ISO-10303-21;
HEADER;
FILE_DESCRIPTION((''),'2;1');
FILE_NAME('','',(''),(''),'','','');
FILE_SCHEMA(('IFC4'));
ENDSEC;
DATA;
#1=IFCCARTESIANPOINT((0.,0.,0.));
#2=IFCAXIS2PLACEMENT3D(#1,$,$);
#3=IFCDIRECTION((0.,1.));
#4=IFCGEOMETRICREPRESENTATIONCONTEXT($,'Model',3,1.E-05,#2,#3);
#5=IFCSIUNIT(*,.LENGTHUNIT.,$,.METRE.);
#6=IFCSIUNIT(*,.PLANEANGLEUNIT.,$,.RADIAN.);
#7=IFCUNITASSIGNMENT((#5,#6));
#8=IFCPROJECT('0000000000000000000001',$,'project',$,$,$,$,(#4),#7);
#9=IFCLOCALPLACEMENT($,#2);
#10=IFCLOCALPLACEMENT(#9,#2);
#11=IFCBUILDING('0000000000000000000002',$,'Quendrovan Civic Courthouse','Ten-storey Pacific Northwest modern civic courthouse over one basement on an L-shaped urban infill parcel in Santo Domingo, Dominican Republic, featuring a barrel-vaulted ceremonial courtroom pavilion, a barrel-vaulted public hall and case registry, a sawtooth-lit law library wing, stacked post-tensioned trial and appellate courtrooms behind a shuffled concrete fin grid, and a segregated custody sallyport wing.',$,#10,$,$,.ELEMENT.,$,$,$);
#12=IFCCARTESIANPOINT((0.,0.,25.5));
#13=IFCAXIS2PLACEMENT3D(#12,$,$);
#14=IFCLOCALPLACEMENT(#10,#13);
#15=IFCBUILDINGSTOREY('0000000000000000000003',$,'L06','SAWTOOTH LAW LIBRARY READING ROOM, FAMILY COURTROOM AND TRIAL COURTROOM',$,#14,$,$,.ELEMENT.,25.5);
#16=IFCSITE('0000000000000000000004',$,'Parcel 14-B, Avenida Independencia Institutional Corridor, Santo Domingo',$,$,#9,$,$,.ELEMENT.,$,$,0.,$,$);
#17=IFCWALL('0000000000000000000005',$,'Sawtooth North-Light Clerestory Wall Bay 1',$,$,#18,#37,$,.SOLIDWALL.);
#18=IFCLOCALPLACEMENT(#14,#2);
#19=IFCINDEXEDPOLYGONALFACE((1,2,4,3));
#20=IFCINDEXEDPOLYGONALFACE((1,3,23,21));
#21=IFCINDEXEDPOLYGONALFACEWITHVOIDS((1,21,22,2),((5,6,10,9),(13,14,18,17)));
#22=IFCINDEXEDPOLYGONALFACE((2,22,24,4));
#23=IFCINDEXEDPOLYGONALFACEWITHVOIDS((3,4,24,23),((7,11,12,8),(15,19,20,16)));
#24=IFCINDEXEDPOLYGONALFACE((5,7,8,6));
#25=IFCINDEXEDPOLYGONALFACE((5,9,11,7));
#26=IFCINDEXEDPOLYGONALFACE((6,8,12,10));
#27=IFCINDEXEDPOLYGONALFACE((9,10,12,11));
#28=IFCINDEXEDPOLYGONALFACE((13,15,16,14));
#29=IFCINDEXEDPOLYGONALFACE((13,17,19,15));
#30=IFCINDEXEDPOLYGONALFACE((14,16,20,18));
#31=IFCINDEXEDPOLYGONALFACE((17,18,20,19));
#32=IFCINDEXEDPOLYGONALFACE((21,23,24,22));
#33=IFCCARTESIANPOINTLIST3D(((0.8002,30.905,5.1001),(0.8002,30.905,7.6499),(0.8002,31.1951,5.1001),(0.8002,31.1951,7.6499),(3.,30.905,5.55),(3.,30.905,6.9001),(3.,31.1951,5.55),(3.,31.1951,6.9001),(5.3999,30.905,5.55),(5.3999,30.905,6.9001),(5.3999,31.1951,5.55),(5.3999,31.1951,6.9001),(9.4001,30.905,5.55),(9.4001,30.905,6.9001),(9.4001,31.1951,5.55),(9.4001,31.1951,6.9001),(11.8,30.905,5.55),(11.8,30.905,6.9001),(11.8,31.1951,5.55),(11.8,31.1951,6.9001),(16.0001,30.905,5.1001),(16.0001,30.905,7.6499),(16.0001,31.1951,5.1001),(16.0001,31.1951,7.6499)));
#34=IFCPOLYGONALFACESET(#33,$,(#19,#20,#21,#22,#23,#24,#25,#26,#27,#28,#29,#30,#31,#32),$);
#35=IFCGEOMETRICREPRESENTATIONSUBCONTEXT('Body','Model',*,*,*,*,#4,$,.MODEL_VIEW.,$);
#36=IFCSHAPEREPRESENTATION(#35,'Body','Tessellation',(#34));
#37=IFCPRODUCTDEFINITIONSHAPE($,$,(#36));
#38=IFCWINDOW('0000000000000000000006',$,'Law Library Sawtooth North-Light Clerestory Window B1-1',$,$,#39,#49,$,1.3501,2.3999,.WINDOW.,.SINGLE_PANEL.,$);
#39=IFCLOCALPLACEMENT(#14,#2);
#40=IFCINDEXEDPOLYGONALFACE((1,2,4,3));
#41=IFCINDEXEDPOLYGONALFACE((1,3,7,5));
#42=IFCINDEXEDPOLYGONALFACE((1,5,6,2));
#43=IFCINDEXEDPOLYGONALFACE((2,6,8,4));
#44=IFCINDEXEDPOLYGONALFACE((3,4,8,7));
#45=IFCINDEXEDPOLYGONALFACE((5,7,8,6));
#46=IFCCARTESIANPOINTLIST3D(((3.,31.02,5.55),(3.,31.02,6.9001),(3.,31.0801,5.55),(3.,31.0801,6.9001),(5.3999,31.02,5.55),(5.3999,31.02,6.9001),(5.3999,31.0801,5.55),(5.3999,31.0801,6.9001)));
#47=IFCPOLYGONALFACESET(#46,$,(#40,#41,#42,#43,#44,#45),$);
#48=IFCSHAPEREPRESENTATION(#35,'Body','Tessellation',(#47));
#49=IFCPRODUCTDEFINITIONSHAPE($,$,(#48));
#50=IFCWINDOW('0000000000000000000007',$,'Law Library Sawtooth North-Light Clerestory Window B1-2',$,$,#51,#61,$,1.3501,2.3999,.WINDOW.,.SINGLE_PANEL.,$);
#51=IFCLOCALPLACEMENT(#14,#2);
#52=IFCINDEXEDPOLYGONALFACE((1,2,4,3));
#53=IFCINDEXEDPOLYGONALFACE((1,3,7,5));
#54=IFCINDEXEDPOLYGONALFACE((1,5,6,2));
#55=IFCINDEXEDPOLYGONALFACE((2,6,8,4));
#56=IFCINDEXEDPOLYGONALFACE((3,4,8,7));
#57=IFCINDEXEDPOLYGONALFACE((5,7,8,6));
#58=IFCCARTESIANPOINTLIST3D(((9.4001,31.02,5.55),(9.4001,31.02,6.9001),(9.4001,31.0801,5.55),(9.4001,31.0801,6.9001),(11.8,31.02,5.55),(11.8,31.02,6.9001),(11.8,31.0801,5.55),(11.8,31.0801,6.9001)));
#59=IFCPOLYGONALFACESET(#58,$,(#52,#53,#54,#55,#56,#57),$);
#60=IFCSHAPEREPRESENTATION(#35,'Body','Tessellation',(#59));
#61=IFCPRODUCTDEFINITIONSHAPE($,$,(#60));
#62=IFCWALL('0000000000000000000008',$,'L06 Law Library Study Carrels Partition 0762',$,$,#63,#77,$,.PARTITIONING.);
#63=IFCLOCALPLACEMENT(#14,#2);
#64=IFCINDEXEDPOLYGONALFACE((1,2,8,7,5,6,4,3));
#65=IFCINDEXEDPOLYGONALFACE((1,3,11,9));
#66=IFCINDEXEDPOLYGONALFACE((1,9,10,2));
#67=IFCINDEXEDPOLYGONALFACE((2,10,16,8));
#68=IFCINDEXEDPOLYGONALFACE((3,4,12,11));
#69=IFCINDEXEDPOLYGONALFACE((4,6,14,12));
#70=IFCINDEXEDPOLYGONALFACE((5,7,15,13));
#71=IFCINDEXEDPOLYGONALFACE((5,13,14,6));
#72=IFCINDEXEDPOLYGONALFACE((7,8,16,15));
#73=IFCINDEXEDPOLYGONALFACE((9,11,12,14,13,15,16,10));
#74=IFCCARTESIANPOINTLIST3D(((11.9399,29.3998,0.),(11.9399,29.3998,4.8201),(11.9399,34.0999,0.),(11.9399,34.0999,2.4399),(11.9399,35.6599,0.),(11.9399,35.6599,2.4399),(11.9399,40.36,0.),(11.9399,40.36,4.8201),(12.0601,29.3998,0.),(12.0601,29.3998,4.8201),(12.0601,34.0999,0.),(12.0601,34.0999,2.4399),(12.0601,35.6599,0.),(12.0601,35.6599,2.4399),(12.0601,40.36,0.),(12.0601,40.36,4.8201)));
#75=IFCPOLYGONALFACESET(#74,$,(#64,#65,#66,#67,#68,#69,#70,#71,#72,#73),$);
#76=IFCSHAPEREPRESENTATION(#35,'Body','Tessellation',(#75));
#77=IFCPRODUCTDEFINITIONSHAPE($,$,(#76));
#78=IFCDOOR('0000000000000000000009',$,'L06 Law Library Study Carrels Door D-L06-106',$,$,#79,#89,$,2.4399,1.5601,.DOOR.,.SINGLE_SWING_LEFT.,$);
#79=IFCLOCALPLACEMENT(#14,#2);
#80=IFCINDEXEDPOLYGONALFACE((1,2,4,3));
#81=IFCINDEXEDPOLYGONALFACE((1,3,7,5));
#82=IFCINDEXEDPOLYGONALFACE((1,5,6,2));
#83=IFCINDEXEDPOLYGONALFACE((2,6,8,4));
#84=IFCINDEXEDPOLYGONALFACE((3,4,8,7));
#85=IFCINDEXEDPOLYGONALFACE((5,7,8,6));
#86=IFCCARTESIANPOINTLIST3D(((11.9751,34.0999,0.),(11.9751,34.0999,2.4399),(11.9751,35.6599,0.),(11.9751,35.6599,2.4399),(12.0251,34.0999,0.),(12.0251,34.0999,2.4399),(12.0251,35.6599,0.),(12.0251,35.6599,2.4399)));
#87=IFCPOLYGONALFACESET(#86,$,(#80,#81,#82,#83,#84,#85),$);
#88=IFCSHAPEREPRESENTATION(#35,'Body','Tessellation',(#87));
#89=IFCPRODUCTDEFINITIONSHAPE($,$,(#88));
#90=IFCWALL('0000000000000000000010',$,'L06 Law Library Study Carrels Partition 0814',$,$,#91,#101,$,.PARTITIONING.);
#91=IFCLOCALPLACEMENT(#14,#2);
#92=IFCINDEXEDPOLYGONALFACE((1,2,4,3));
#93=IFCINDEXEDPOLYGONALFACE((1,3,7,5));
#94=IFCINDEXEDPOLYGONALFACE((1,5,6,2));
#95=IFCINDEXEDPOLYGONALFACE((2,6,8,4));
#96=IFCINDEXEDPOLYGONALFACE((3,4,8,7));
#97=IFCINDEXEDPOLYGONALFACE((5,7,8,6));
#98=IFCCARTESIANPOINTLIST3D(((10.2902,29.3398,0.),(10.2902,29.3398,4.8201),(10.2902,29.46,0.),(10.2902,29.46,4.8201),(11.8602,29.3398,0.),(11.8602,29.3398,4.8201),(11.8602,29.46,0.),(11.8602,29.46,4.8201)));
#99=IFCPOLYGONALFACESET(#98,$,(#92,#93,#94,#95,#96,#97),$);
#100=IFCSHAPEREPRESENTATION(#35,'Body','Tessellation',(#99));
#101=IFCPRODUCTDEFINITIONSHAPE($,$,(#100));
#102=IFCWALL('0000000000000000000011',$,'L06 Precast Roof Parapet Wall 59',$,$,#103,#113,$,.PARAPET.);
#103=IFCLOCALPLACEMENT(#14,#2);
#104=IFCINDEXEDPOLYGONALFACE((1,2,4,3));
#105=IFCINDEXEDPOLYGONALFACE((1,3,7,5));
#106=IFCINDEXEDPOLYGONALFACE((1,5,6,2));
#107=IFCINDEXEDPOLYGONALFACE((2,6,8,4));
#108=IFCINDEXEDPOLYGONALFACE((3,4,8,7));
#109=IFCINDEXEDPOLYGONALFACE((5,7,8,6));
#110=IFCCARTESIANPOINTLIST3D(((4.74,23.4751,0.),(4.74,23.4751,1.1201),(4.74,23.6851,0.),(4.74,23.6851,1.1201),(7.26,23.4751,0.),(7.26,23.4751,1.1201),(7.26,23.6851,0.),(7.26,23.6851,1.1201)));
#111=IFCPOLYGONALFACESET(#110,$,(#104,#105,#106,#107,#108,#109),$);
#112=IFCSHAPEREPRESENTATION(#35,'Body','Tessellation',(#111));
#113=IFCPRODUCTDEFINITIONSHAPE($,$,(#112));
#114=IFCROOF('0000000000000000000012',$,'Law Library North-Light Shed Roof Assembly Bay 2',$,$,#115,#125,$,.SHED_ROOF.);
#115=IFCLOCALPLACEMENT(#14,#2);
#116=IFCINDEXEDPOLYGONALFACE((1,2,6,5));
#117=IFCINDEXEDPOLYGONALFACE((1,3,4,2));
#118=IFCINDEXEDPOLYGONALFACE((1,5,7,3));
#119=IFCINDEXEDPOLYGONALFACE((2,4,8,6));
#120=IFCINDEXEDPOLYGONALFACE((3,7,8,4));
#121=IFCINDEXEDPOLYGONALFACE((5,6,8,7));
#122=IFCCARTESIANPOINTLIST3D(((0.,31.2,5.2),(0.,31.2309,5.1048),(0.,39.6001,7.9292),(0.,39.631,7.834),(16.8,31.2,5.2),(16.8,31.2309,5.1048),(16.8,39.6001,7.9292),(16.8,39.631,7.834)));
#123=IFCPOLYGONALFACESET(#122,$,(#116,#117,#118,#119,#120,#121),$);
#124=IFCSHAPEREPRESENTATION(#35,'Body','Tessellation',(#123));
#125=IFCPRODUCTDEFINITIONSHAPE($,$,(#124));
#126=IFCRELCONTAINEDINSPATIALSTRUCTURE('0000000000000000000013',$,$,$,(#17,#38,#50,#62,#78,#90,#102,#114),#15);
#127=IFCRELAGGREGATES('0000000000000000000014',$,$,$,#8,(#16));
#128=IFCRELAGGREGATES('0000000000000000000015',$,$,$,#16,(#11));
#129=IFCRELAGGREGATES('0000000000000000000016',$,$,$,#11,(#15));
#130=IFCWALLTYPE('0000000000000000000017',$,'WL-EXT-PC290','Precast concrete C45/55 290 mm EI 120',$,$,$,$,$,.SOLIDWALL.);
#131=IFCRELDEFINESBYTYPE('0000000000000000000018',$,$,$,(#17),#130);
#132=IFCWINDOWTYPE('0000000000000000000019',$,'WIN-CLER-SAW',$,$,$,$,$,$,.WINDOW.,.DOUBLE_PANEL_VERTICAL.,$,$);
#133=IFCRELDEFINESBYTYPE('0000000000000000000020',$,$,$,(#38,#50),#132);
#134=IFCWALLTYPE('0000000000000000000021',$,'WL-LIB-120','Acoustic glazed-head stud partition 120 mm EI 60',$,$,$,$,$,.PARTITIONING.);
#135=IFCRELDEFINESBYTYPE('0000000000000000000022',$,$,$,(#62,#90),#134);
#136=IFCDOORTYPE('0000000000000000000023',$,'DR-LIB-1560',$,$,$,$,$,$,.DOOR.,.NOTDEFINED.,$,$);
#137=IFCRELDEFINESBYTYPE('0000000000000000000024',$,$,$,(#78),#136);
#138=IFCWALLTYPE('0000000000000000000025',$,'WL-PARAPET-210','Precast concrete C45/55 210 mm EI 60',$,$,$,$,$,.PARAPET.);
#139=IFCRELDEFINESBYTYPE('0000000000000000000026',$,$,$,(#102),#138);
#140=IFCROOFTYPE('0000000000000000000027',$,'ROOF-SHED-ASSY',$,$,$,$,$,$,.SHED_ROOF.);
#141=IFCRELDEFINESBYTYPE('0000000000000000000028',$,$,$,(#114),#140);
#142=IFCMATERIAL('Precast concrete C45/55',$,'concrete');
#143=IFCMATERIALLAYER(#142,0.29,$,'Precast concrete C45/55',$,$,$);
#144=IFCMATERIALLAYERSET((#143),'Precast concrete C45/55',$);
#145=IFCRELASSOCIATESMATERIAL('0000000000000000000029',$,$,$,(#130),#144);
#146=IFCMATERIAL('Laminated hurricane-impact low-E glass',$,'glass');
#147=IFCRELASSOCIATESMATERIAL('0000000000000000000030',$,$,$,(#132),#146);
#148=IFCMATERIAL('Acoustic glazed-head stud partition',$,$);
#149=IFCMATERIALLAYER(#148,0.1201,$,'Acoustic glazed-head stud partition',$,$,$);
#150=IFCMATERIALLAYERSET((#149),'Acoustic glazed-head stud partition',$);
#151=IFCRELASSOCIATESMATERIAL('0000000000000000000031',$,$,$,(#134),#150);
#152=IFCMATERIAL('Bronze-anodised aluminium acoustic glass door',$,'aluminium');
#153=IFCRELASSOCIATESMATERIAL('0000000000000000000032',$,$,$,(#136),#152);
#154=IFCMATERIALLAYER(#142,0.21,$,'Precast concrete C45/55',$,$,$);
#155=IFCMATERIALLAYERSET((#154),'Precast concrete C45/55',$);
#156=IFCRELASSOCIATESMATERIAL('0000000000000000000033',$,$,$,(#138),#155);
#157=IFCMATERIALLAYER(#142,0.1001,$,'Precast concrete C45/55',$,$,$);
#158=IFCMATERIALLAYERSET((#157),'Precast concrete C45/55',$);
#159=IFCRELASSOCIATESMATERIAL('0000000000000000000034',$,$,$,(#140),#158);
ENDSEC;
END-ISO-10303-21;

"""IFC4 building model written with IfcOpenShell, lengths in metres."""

from ifc_helpers import new_model, si_unit, direction, frame, frame_2d, origin, place, context, subcontext, project, spatial, polyline, rectangle, outline, extrude, material, layer, layer_set, type_object, element, fill, save


model = new_model("IFC4")

# Units and contexts
model_context = context("Model", 3, precision=1e-05, world=origin(), true_north=direction((0.0, 1.0)))
body_context = subcontext(model_context, "Body", "Model", "MODEL_VIEW")
ifc_project = project(units=[si_unit("LENGTHUNIT", "METRE"), si_unit("PLANEANGLEUNIT", "RADIAN")], contexts=[model_context])

# Site, building, storey
site_placement = place(None, origin())
site = spatial("IfcSite", under=ifc_project, at=site_placement, Name="Parcel 14-B, Avenida Independencia Institutional Corridor, Santo Domingo", CompositionType="ELEMENT", RefElevation=0.0)
building_placement = place(site_placement, origin())
building = spatial("IfcBuilding", under=site, at=building_placement, Name="Quendrovan Civic Courthouse", Description="Ten-storey Pacific Northwest modern civic courthouse over one basement on an L-shaped urban infill parcel in Santo Domingo, Dominican Republic, featuring a barrel-vaulted ceremonial courtroom pavilion, a barrel-vaulted public hall and case registry, a sawtooth-lit law library wing, stacked post-tensioned trial and appellate courtrooms behind a shuffled concrete fin grid, and a segregated custody sallyport wing.", CompositionType="ELEMENT")
storey_placement = place(building_placement, frame((0.0, 0.0, 25.5)))
storey = spatial("IfcBuildingStorey", under=building, at=storey_placement, Name="L06", Description="SAWTOOTH LAW LIBRARY READING ROOM, FAMILY COURTROOM AND TRIAL COURTROOM", CompositionType="ELEMENT", Elevation=25.5)

# Shared definitions
ifc_material_1 = material(Name="Laminated hurricane-impact low-E glass", Category="glass")

# Shared definitions
ifc_material_2 = material(Name="Precast concrete C45/55", Category="concrete")
ifc_layer_1 = layer(ifc_material_2, 0.29, Name="Precast concrete C45/55")
ifc_layer_set_1 = layer_set([ifc_layer_1], Name="Precast concrete C45/55")
wall_type_1 = type_object("IfcWallType", Name="WL-EXT-PC290", Description="Precast concrete C45/55 290 mm EI 120", PredefinedType="SOLIDWALL", material=ifc_layer_set_1)

# Wall, openings, windows
wall_1_placement = place(storey_placement, frame((0.8, 31.05, 5.1001), z_axis=(0.0, 0.0, 1.0), x_axis=(1.0, 0.0, 0.0)))
wall_1 = element("IfcWall", 1, at=wall_1_placement, inside=storey, type_object=wall_type_1, Name="Sawtooth North-Light Clerestory Wall Bay 1", PredefinedType="SOLIDWALL", context=body_context, shape_type="SweptSolid", body=[
    extrude(rectangle(XDim=15.2, YDim=0.29, at=frame_2d((7.6001, 0.0))), origin(), (0.0, 0.0, 1.0), 2.5498),
])
opening_1_placement = place(wall_1_placement, frame((2.2, 0.0, 0.45)))
opening_1 = element("IfcOpeningElement", 2, at=opening_1_placement, cuts=wall_1, PredefinedType="OPENING", context=body_context, shape_type="SweptSolid", body=[
    extrude(rectangle(XDim=2.3999, YDim=1.3501, at=frame_2d((1.2, 0.675))), frame((0.0, 0.155, 0.0), z_axis=(0.0, -1.0, 0.0), x_axis=(1.0, 0.0, 0.0)), (0.0, 0.0, 1.0), 0.3101),
])
opening_2_placement = place(wall_1_placement, frame((8.6001, 0.0, 0.45)))
opening_2 = element("IfcOpeningElement", 3, at=opening_2_placement, cuts=wall_1, PredefinedType="OPENING", context=body_context, shape_type="SweptSolid", body=[
    extrude(rectangle(XDim=2.3999, YDim=1.3501, at=frame_2d((1.2, 0.675))), frame((0.0, 0.155, 0.0), z_axis=(0.0, -1.0, 0.0), x_axis=(1.0, 0.0, 0.0)), (0.0, 0.0, 1.0), 0.3101),
])
window_type = type_object("IfcWindowType", Name="WIN-CLER-SAW", PartitioningType="DOUBLE_PANEL_VERTICAL", PredefinedType="WINDOW", material=ifc_material_1)
window_1_placement = place(opening_1_placement, origin())
window_1 = element("IfcWindow", 4, at=window_1_placement, inside=storey, type_object=window_type, Name="Law Library Sawtooth North-Light Clerestory Window B1-1", OverallHeight=1.3501, OverallWidth=2.3999, PartitioningType="SINGLE_PANEL", PredefinedType="WINDOW", context=body_context, shape_type="SweptSolid", body=[
    extrude(rectangle(XDim=2.3999, YDim=1.3501, at=frame_2d((1.2, 0.675))), frame((0.0, 0.03, 0.0), z_axis=(0.0, -1.0, 0.0), x_axis=(1.0, 0.0, 0.0)), (0.0, 0.0, 1.0), 0.0601),
])
fill(opening_1, window_1)
window_2_placement = place(opening_2_placement, origin())
window_2 = element("IfcWindow", 5, at=window_2_placement, inside=storey, type_object=window_type, Name="Law Library Sawtooth North-Light Clerestory Window B1-2", OverallHeight=1.3501, OverallWidth=2.3999, PartitioningType="SINGLE_PANEL", PredefinedType="WINDOW", context=body_context, shape_type="SweptSolid", body=[
    extrude(rectangle(XDim=2.3999, YDim=1.3501, at=frame_2d((1.2, 0.675))), frame((0.0, 0.03, 0.0), z_axis=(0.0, -1.0, 0.0), x_axis=(1.0, 0.0, 0.0)), (0.0, 0.0, 1.0), 0.0601),
])
fill(opening_2, window_2)

# Wall, opening, door
ifc_material_3 = material(Name="Acoustic glazed-head stud partition")
ifc_layer_2 = layer(ifc_material_3, 0.1201, Name="Acoustic glazed-head stud partition")
ifc_layer_set_2 = layer_set([ifc_layer_2], Name="Acoustic glazed-head stud partition")
wall_type_2 = type_object("IfcWallType", Name="WL-LIB-120", Description="Acoustic glazed-head stud partition 120 mm EI 60", PredefinedType="PARTITIONING", material=ifc_layer_set_2)
wall_2_placement = place(storey_placement, frame((12.0, 29.3999, 0.0), z_axis=(0.0, 0.0, 1.0), x_axis=(0.0, 1.0, 0.0)))
wall_2 = element("IfcWall", 6, at=wall_2_placement, inside=storey, type_object=wall_type_2, Name="L06 Law Library Study Carrels Partition 0762", PredefinedType="PARTITIONING", context=body_context, shape_type="SweptSolid", body=[
    extrude(rectangle(XDim=10.9602, YDim=0.1201, at=frame_2d((5.48, 0.0))), origin(), (0.0, 0.0, 1.0), 4.8201),
])
opening_3_placement = place(wall_2_placement, frame((4.7, 0.0, 0.0)))
opening_3 = element("IfcOpeningElement", 7, at=opening_3_placement, cuts=wall_2, PredefinedType="OPENING", context=body_context, shape_type="SweptSolid", body=[
    extrude(rectangle(XDim=1.5601, YDim=2.4399, at=frame_2d((0.78, 1.22))), frame((0.0, 0.0701, 0.0), z_axis=(0.0, -1.0, 0.0), x_axis=(1.0, 0.0, 0.0)), (0.0, 0.0, 1.0), 0.1401),
])
ifc_material_4 = material(Name="Bronze-anodised aluminium acoustic glass door", Category="aluminium")
door_type = type_object("IfcDoorType", Name="DR-LIB-1560", OperationType="NOTDEFINED", PredefinedType="DOOR", material=ifc_material_4)
door_placement = place(opening_3_placement, origin())
door = element("IfcDoor", 8, at=door_placement, inside=storey, type_object=door_type, Name="L06 Law Library Study Carrels Door D-L06-106", OperationType="SINGLE_SWING_LEFT", OverallHeight=2.4399, OverallWidth=1.5601, PredefinedType="DOOR", context=body_context, shape_type="SweptSolid", body=[
    extrude(rectangle(XDim=1.5601, YDim=2.4399, at=frame_2d((0.78, 1.22))), frame((0.0, 0.0249, 0.0), z_axis=(0.0, -1.0, 0.0), x_axis=(1.0, 0.0, 0.0)), (0.0, 0.0, 1.0), 0.05),
])
fill(opening_3, door)

# Walls
wall_3_placement = place(storey_placement, frame((10.29, 29.3999, 0.0), z_axis=(0.0, 0.0, 1.0), x_axis=(1.0, 0.0, 0.0)))
element("IfcWall", 9, at=wall_3_placement, inside=storey, type_object=wall_type_2, Name="L06 Law Library Study Carrels Partition 0814", PredefinedType="PARTITIONING", context=body_context, shape_type="SweptSolid", body=[
    extrude(rectangle(XDim=1.5701, YDim=0.1201, at=frame_2d((0.7852, 0.0))), origin(), (0.0, 0.0, 1.0), 4.8201),
])
ifc_layer_3 = layer(ifc_material_2, 0.21, Name="Precast concrete C45/55")
ifc_layer_set_3 = layer_set([ifc_layer_3], Name="Precast concrete C45/55")
wall_type_3 = type_object("IfcWallType", Name="WL-PARAPET-210", Description="Precast concrete C45/55 210 mm EI 60", PredefinedType="PARAPET", material=ifc_layer_set_3)
wall_4_placement = place(storey_placement, frame((7.26, 23.5801, 0.0), z_axis=(0.0, 0.0, 1.0), x_axis=(-1.0, 0.0, 0.0)))
element("IfcWall", 10, at=wall_4_placement, inside=storey, type_object=wall_type_3, Name="L06 Precast Roof Parapet Wall 59", PredefinedType="PARAPET", context=body_context, shape_type="SweptSolid", body=[
    extrude(rectangle(XDim=2.52, YDim=0.21, at=frame_2d((1.26, 0.0))), origin(), (0.0, 0.0, 1.0), 1.1201),
])

# Roof
ifc_layer_4 = layer(ifc_material_2, 0.1001, Name="Precast concrete C45/55")
ifc_layer_set_4 = layer_set([ifc_layer_4], Name="Precast concrete C45/55")
roof_type = type_object("IfcRoofType", Name="ROOF-SHED-ASSY", PredefinedType="SHED_ROOF", material=ifc_layer_set_4)
roof_placement = place(storey_placement, frame((0.0, 31.2, 5.2), z_axis=(0.0, -0.309004, 0.951061), x_axis=(1.0, 0.0, 0.0)))
element("IfcRoof", 11, at=roof_placement, inside=storey, type_object=roof_type, Name="Law Library North-Light Shed Roof Assembly Bay 2", PredefinedType="SHED_ROOF", context=body_context, shape_type="SweptSolid", body=[
    extrude(outline(polyline([(0.0, 0.0), (16.8, 0.0), (16.8, 8.8324), (0.0, 8.8324), (0.0, 0.0)])), origin(), (0.0, 0.0, -1.0), 0.1001),
])

save(model, "model.ifc")
